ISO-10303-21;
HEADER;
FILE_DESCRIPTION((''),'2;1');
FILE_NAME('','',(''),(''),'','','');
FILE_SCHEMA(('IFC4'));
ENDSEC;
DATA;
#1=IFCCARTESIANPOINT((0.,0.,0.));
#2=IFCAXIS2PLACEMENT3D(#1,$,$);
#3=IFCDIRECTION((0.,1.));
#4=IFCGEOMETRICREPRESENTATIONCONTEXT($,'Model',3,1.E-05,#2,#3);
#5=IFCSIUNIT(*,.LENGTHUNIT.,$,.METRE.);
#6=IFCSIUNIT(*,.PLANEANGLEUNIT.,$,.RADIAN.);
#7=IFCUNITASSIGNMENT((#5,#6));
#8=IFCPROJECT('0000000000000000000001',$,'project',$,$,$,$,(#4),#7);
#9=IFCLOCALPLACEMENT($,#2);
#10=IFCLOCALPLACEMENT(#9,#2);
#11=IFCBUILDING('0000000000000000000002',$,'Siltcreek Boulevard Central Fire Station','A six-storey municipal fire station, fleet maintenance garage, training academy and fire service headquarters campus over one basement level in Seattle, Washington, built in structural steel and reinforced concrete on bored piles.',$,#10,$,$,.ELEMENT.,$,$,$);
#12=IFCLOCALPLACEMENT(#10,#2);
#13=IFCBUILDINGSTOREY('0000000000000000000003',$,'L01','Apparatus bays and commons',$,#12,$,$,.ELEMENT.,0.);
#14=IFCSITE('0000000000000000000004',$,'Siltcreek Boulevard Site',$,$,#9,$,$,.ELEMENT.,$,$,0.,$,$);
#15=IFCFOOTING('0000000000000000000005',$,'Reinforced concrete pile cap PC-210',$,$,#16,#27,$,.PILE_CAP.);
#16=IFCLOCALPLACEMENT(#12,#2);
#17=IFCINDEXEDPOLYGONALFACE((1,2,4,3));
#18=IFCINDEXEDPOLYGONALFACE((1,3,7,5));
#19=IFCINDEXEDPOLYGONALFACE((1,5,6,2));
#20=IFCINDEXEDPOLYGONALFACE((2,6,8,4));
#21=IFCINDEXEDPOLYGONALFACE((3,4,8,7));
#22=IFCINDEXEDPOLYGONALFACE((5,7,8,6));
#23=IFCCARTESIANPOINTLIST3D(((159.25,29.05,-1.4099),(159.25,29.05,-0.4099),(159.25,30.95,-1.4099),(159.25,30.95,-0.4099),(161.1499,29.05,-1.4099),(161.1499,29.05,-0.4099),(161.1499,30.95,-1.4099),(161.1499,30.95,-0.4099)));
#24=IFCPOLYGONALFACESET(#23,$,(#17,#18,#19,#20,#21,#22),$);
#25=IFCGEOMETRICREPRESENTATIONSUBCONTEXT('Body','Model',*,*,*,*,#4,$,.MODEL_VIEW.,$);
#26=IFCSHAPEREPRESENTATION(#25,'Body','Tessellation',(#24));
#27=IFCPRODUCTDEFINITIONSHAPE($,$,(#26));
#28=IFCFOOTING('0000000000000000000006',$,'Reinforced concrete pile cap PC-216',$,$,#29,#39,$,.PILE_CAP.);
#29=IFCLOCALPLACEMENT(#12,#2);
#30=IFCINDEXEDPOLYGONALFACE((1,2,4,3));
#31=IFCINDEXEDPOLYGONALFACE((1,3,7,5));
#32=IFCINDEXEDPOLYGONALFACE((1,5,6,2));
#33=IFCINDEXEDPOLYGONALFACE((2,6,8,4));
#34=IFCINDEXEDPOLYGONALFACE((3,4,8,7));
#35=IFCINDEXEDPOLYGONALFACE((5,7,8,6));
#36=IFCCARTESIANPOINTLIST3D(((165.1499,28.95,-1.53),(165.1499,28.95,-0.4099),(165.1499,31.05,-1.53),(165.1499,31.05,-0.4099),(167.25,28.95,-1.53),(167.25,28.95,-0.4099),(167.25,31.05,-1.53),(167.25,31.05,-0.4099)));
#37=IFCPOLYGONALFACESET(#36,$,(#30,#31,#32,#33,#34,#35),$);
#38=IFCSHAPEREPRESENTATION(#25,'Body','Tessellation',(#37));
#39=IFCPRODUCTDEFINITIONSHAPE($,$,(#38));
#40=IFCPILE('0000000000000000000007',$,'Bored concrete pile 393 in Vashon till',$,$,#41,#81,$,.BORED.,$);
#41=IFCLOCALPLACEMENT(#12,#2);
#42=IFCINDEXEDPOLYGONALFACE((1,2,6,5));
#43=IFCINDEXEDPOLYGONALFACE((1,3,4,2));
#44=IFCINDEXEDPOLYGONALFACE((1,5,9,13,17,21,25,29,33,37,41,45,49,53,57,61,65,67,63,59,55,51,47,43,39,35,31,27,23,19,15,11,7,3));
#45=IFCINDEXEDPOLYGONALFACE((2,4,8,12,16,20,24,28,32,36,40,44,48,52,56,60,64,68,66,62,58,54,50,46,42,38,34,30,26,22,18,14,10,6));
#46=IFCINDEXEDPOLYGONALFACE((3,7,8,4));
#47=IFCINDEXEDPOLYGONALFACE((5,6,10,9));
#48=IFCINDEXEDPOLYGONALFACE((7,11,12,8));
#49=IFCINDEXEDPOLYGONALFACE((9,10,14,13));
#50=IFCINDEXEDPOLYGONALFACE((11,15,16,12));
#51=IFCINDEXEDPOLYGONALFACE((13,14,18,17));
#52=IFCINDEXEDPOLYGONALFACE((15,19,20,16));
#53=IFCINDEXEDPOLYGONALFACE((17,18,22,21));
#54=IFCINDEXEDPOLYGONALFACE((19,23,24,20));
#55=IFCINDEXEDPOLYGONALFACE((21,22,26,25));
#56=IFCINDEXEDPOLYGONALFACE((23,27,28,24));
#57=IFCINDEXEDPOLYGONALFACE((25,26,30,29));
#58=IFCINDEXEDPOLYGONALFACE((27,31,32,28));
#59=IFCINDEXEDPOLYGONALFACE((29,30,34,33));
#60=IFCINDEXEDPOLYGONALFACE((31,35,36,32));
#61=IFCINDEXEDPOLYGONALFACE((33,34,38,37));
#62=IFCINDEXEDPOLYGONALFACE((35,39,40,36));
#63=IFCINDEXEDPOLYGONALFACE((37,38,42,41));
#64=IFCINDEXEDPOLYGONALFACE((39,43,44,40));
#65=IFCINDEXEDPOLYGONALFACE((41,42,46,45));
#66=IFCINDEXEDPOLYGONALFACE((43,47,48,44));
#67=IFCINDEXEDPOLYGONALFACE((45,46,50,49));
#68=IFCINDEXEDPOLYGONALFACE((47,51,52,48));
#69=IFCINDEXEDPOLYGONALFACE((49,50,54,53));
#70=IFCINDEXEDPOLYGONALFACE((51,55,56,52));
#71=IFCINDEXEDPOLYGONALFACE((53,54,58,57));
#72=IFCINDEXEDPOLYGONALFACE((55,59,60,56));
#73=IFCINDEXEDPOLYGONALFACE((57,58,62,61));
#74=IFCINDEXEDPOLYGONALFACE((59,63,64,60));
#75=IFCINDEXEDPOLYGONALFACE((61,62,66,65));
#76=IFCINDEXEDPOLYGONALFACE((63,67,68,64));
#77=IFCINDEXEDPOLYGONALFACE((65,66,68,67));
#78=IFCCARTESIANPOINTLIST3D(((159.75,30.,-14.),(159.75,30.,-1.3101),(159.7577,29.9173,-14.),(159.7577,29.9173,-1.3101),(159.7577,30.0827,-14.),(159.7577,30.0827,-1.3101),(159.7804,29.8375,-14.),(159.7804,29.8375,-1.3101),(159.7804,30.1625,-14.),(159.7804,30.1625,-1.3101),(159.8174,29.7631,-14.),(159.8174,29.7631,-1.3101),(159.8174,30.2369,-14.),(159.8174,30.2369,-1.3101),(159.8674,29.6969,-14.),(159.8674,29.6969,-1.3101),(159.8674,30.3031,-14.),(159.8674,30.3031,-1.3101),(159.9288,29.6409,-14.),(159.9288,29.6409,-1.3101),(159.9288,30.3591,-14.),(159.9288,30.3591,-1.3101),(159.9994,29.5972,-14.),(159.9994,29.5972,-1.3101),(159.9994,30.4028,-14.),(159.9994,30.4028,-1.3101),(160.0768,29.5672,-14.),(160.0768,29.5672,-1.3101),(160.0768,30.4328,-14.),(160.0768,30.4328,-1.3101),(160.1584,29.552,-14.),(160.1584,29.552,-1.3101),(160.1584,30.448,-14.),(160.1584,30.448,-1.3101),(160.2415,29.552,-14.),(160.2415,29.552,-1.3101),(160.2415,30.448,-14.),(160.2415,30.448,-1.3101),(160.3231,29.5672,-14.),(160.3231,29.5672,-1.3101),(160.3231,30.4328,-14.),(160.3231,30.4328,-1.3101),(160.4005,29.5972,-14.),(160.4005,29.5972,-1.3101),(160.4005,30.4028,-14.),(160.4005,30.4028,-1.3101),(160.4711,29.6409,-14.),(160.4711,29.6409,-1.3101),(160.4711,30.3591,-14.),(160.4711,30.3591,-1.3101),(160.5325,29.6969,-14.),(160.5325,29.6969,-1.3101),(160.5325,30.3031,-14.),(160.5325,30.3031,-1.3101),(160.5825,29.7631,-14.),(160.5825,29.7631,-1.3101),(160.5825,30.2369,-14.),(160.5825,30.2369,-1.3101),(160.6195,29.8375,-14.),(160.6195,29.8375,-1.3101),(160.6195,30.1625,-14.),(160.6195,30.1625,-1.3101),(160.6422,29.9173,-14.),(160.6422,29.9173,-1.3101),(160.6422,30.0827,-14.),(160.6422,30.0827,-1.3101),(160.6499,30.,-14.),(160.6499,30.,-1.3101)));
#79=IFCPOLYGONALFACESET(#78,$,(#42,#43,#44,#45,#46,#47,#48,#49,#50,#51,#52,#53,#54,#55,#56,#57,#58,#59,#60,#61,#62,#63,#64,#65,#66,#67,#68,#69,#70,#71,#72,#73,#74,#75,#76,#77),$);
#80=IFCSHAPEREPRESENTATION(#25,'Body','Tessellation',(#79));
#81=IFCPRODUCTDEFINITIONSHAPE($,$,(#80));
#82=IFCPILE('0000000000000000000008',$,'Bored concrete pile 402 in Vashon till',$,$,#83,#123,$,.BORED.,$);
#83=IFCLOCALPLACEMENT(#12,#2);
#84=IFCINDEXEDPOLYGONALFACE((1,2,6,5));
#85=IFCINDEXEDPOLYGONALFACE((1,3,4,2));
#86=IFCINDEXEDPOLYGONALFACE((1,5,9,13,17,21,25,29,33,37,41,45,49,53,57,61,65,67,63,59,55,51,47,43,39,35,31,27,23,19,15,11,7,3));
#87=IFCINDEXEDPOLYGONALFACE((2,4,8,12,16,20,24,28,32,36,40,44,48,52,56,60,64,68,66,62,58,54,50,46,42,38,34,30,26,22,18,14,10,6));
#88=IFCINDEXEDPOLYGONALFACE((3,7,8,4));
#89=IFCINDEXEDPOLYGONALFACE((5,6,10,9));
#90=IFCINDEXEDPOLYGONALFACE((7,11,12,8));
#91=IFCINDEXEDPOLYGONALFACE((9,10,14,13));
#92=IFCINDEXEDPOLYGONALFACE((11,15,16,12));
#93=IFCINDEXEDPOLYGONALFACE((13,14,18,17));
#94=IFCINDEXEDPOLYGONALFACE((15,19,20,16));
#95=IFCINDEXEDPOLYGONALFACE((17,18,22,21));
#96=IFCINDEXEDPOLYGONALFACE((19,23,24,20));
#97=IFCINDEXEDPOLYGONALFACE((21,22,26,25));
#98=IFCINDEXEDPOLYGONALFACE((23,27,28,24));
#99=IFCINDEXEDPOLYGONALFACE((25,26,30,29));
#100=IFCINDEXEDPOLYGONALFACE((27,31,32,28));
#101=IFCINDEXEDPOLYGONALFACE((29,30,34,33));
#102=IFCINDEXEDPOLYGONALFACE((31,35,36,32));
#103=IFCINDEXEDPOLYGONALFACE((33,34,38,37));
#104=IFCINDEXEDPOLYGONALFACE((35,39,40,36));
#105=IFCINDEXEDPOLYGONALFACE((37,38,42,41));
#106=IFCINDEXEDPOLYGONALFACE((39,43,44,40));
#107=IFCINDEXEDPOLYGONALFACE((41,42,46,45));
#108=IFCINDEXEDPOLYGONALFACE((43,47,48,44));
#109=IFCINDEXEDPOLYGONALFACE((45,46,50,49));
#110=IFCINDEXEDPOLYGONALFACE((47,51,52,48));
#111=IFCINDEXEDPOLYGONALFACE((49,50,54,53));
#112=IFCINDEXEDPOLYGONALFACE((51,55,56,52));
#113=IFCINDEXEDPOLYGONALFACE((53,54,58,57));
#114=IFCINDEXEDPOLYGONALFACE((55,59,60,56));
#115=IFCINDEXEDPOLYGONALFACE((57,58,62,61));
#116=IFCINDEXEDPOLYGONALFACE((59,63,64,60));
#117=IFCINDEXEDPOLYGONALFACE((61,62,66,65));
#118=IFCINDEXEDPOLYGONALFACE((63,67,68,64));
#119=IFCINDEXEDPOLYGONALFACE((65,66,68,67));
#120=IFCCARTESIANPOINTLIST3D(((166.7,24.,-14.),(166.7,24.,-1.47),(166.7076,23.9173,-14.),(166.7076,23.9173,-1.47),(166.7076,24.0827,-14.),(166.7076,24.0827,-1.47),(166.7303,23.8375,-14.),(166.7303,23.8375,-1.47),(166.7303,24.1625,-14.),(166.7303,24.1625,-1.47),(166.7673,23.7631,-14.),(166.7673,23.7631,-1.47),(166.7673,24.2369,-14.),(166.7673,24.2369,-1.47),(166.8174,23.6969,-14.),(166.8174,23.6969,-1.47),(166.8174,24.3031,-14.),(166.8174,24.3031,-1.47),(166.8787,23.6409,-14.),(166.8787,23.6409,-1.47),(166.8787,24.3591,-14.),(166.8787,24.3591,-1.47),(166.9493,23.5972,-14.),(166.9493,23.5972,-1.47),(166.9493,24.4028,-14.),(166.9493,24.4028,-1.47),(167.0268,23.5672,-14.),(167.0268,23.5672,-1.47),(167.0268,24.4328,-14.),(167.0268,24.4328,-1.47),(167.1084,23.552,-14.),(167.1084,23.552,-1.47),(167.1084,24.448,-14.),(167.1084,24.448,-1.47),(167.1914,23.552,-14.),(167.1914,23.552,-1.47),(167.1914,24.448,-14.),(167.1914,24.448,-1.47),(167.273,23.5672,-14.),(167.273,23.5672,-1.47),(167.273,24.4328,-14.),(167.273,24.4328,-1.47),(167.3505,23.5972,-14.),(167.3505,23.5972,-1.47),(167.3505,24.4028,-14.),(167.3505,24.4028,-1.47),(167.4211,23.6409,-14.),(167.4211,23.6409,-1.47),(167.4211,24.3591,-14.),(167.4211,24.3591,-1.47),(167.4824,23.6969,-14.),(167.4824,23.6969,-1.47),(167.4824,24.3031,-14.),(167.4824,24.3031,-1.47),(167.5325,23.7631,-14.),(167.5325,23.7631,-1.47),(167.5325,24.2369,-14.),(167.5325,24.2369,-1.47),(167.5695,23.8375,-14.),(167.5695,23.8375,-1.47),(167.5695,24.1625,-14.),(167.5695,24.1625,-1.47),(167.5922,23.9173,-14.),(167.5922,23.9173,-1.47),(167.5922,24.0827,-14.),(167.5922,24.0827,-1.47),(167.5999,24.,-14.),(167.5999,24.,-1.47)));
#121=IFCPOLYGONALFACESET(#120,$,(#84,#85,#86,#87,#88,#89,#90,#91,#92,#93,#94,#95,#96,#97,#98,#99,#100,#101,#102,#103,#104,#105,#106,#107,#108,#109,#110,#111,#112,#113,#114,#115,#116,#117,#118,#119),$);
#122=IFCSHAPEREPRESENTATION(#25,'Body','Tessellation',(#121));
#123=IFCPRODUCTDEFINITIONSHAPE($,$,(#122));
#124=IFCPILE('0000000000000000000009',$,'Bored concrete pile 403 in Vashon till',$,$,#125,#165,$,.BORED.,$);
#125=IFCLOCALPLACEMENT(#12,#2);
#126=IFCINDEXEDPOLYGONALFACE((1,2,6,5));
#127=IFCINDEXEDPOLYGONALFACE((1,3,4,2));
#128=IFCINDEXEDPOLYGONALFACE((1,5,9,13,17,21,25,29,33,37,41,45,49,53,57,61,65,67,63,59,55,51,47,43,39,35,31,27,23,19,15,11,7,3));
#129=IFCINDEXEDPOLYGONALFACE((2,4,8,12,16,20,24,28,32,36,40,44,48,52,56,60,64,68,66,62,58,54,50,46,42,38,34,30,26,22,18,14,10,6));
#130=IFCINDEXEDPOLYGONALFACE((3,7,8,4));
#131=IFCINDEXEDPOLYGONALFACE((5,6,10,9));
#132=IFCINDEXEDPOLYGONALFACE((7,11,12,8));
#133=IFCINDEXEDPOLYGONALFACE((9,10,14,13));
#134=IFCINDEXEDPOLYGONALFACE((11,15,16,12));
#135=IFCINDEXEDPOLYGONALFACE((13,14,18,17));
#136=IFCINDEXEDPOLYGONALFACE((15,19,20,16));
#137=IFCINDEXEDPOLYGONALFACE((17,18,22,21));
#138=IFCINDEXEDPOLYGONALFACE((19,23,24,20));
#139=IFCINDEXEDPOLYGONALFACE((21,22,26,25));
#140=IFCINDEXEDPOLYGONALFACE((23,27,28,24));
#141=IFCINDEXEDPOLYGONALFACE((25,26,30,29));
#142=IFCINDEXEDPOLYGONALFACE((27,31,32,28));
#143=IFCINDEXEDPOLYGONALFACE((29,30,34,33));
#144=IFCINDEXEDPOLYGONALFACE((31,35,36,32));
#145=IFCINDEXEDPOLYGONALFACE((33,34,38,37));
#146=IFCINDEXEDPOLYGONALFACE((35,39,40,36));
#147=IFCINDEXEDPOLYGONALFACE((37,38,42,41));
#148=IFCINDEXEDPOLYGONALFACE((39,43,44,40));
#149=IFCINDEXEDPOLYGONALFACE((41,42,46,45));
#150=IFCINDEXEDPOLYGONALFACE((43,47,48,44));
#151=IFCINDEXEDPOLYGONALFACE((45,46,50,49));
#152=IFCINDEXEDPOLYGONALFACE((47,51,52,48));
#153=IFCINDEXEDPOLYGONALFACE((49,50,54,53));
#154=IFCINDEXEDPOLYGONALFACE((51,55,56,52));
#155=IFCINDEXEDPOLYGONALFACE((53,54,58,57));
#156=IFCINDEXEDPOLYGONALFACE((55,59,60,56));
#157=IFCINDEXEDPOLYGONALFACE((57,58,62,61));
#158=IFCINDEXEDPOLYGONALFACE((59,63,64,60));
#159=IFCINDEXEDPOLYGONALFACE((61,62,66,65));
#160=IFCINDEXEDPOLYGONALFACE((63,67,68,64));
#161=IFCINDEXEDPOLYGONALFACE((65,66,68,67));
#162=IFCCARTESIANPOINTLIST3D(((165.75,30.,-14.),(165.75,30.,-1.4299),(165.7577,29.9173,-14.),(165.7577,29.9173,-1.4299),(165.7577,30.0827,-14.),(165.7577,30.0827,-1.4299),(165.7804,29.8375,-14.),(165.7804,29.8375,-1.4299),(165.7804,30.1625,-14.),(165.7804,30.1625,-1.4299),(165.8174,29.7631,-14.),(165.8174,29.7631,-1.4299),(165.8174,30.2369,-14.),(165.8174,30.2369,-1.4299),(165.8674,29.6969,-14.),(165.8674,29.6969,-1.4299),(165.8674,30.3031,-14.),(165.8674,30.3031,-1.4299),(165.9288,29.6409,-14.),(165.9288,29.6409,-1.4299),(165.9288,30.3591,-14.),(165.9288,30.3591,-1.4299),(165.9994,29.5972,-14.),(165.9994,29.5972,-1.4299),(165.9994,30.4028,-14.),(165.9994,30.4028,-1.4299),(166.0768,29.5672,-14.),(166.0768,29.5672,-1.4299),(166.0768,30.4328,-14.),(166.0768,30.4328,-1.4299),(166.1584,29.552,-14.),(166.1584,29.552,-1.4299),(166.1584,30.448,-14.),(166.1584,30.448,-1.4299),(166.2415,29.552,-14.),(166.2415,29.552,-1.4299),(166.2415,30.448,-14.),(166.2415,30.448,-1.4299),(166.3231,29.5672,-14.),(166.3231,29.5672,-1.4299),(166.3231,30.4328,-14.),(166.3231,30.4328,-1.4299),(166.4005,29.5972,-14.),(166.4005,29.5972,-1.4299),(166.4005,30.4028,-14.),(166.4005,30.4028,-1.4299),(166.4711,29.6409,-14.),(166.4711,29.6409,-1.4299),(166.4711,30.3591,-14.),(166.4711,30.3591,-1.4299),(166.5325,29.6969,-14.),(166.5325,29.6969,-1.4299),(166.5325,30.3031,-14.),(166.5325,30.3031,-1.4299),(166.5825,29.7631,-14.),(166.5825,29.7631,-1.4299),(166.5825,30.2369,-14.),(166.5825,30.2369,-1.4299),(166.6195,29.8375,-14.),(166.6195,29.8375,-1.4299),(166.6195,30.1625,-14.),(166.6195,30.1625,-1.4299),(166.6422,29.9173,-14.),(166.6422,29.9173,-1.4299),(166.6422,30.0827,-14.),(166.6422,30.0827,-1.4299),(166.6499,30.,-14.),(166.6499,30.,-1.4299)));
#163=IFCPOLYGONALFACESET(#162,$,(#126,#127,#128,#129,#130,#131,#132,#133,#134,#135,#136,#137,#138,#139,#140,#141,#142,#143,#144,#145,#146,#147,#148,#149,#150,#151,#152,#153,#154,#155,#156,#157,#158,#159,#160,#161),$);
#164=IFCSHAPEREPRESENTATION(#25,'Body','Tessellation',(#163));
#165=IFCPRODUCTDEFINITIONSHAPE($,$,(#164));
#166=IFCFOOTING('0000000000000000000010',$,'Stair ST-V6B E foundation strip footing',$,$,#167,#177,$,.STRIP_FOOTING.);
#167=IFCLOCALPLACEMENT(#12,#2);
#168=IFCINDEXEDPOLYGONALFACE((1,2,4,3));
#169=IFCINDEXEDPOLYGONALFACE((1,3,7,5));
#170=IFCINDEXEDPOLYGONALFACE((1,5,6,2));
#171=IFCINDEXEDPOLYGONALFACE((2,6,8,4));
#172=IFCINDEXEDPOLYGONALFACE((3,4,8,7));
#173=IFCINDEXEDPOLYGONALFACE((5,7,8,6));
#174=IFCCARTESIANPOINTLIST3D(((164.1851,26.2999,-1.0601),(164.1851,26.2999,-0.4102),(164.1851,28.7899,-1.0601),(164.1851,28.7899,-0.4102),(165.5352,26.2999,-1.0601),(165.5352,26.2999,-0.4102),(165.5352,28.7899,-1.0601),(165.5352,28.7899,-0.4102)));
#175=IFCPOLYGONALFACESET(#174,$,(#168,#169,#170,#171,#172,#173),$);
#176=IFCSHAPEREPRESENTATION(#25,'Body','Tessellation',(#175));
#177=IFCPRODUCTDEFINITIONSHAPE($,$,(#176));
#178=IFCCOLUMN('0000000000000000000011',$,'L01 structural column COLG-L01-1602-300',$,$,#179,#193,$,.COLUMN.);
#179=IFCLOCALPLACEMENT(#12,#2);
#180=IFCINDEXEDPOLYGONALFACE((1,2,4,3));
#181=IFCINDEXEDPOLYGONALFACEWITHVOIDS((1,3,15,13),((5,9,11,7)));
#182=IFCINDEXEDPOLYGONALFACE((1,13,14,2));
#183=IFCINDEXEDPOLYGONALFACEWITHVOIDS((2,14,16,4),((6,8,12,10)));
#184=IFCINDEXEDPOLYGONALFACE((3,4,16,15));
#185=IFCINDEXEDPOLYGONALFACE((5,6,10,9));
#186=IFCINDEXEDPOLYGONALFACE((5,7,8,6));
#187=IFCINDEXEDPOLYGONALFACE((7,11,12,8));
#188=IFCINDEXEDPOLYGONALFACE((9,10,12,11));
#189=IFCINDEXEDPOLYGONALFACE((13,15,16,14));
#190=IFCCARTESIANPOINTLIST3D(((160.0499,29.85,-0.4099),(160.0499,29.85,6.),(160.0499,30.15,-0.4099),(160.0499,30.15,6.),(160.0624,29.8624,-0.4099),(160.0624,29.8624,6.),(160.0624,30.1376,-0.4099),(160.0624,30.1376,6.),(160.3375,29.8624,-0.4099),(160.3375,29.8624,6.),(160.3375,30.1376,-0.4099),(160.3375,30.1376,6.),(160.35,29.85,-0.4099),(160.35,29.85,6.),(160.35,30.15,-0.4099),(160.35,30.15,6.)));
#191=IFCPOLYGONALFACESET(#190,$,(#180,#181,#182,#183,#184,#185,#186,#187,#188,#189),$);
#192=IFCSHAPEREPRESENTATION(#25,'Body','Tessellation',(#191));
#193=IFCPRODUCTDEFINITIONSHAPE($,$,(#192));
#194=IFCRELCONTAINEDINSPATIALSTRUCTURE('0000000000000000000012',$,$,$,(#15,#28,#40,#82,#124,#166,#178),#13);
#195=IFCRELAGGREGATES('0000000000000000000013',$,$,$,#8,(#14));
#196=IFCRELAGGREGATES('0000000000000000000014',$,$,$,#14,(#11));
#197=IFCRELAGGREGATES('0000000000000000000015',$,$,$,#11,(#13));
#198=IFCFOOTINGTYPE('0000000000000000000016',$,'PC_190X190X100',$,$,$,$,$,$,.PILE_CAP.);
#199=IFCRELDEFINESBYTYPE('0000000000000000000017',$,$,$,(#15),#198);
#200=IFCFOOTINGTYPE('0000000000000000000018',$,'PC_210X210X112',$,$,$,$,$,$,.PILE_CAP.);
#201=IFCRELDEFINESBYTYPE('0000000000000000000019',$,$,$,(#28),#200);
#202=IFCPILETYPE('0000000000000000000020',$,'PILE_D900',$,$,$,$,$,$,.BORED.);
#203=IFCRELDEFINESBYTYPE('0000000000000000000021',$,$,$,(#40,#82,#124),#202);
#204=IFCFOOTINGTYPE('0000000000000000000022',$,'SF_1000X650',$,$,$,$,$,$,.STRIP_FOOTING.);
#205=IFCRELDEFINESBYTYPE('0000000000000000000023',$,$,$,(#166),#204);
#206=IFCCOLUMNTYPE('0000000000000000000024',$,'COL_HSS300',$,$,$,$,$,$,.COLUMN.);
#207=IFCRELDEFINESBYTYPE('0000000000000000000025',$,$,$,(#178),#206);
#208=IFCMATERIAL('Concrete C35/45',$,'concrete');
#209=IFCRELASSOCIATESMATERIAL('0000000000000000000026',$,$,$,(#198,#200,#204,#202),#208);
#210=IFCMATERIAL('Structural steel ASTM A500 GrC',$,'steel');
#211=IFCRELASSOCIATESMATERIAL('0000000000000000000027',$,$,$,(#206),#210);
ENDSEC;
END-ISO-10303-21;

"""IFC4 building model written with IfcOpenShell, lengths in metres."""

from ifc_helpers import new_model, si_unit, direction, frame, origin, origin_2d, place, context, subcontext, project, spatial, rectangle, hollow_rectangle, circle, extrude, material, material_profile, profile_set, type_object, element, save


model = new_model("IFC4")

# Units and contexts
model_context = context("Model", 3, precision=1e-05, world=origin(), true_north=direction((0.0, 1.0)))
body_context = subcontext(model_context, "Body", "Model", "MODEL_VIEW")
ifc_project = project(units=[si_unit("LENGTHUNIT", "METRE"), si_unit("PLANEANGLEUNIT", "RADIAN")], contexts=[model_context])

# Site, building, storey
site_placement = place(None, origin())
site = spatial("IfcSite", under=ifc_project, at=site_placement, Name="Siltcreek Boulevard Site", CompositionType="ELEMENT", RefElevation=0.0)
building_placement = place(site_placement, origin())
building = spatial("IfcBuilding", under=site, at=building_placement, Name="Siltcreek Boulevard Central Fire Station", Description="A six-storey municipal fire station, fleet maintenance garage, training academy and fire service headquarters campus over one basement level in Seattle, Washington, built in structural steel and reinforced concrete on bored piles.", CompositionType="ELEMENT")
storey_placement = place(building_placement, origin())
storey = spatial("IfcBuildingStorey", under=building, at=storey_placement, Name="L01", Description="Apparatus bays and commons", CompositionType="ELEMENT", Elevation=0.0)

# Footings
ifc_material_1 = material(Name="Concrete C35/45", Category="concrete")
footing_type_1 = type_object("IfcFootingType", Name="PC_190X190X100", PredefinedType="PILE_CAP", material=ifc_material_1)
footing_1_placement = place(storey_placement, frame((160.2, 30.0, -1.4099), z_axis=(0.0, 0.0, 1.0), x_axis=(1.0, 0.0, 0.0)))
element("IfcFooting", 1, at=footing_1_placement, inside=storey, type_object=footing_type_1, Name="Reinforced concrete pile cap PC-210", PredefinedType="PILE_CAP", context=body_context, shape_type="SweptSolid", body=[
    extrude(rectangle(XDim=1.8999, YDim=1.8999, at=origin_2d()), origin(), (0.0, 0.0, 1.0), 1.0),
])
footing_type_2 = type_object("IfcFootingType", Name="PC_210X210X112", PredefinedType="PILE_CAP", material=ifc_material_1)
footing_2_placement = place(storey_placement, frame((166.2, 30.0, -1.53), z_axis=(0.0, 0.0, 1.0), x_axis=(1.0, 0.0, 0.0)))
element("IfcFooting", 2, at=footing_2_placement, inside=storey, type_object=footing_type_2, Name="Reinforced concrete pile cap PC-216", PredefinedType="PILE_CAP", context=body_context, shape_type="SweptSolid", body=[
    extrude(rectangle(XDim=2.1001, YDim=2.1001, at=origin_2d()), origin(), (0.0, 0.0, 1.0), 1.1201),
])

# Piles
ifc_material_profile_1 = material_profile(ifc_material_1, circle(Radius=0.45, at=origin_2d()), Name="SHAFT900")
ifc_profile_set_1 = profile_set([ifc_material_profile_1], Name="Concrete C35/45")
pile_type = type_object("IfcPileType", Name="PILE_D900", PredefinedType="BORED", material=ifc_profile_set_1)
pile_1_placement = place(storey_placement, frame((160.2, 30.0, -1.3101), z_axis=(0.0, 0.0, -1.0), x_axis=(1.0, 0.0, 0.0)))
element("IfcPile", 3, at=pile_1_placement, inside=storey, type_object=pile_type, Name="Bored concrete pile 393 in Vashon till", PredefinedType="BORED", context=body_context, shape_type="SweptSolid", body=[
    extrude(circle(Radius=0.45, at=origin_2d()), origin(), (0.0, 0.0, 1.0), 12.6899),
])
pile_2_placement = place(storey_placement, frame((167.1499, 24.0, -1.47), z_axis=(0.0, 0.0, -1.0), x_axis=(1.0, 0.0, 0.0)))
element("IfcPile", 4, at=pile_2_placement, inside=storey, type_object=pile_type, Name="Bored concrete pile 402 in Vashon till", PredefinedType="BORED", context=body_context, shape_type="SweptSolid", body=[
    extrude(circle(Radius=0.45, at=origin_2d()), origin(), (0.0, 0.0, 1.0), 12.53),
])
pile_3_placement = place(storey_placement, frame((166.2, 30.0, -1.4299), z_axis=(0.0, 0.0, -1.0), x_axis=(1.0, 0.0, 0.0)))
element("IfcPile", 5, at=pile_3_placement, inside=storey, type_object=pile_type, Name="Bored concrete pile 403 in Vashon till", PredefinedType="BORED", context=body_context, shape_type="SweptSolid", body=[
    extrude(circle(Radius=0.45, at=origin_2d()), origin(), (0.0, 0.0, 1.0), 12.5701),
])

# Footing
footing_type_3 = type_object("IfcFootingType", Name="SF_1000X650", PredefinedType="STRIP_FOOTING", material=ifc_material_1)
footing_3_placement = place(storey_placement, frame((164.8601, 27.5449, -1.0601), z_axis=(0.0, 0.0, 1.0), x_axis=(1.0, 0.0, 0.0)))
element("IfcFooting", 6, at=footing_3_placement, inside=storey, type_object=footing_type_3, Name="Stair ST-V6B E foundation strip footing", PredefinedType="STRIP_FOOTING", context=body_context, shape_type="SweptSolid", body=[
    extrude(rectangle(XDim=1.3501, YDim=2.49, at=origin_2d()), origin(), (0.0, 0.0, 1.0), 0.6499),
])

# Column
ifc_material_2 = material(Name="Structural steel ASTM A500 GrC", Category="steel")
ifc_material_profile_2 = material_profile(ifc_material_2, hollow_rectangle(XDim=0.3, YDim=0.3, WallThickness=0.0125, at=origin_2d()), Name="HSS300X300X12.5")
ifc_profile_set_2 = profile_set([ifc_material_profile_2], Name="Structural steel ASTM A500 GrC")
column_type_1 = type_object("IfcColumnType", Name="COL_HSS300", PredefinedType="COLUMN", material=ifc_profile_set_2)
column_placement = place(storey_placement, frame((160.2, 30.0, -0.4099), z_axis=(0.0, 0.0, 1.0), x_axis=(1.0, 0.0, 0.0)))
element("IfcColumn", 7, at=column_placement, inside=storey, type_object=column_type_1, Name="L01 structural column COLG-L01-1602-300", PredefinedType="COLUMN", context=body_context, shape_type="SweptSolid", body=[
    extrude(hollow_rectangle(XDim=0.3, YDim=0.3, WallThickness=0.0125, at=origin_2d()), origin(), (0.0, 0.0, 1.0), 6.4099),
])

save(model, "model.ifc")
